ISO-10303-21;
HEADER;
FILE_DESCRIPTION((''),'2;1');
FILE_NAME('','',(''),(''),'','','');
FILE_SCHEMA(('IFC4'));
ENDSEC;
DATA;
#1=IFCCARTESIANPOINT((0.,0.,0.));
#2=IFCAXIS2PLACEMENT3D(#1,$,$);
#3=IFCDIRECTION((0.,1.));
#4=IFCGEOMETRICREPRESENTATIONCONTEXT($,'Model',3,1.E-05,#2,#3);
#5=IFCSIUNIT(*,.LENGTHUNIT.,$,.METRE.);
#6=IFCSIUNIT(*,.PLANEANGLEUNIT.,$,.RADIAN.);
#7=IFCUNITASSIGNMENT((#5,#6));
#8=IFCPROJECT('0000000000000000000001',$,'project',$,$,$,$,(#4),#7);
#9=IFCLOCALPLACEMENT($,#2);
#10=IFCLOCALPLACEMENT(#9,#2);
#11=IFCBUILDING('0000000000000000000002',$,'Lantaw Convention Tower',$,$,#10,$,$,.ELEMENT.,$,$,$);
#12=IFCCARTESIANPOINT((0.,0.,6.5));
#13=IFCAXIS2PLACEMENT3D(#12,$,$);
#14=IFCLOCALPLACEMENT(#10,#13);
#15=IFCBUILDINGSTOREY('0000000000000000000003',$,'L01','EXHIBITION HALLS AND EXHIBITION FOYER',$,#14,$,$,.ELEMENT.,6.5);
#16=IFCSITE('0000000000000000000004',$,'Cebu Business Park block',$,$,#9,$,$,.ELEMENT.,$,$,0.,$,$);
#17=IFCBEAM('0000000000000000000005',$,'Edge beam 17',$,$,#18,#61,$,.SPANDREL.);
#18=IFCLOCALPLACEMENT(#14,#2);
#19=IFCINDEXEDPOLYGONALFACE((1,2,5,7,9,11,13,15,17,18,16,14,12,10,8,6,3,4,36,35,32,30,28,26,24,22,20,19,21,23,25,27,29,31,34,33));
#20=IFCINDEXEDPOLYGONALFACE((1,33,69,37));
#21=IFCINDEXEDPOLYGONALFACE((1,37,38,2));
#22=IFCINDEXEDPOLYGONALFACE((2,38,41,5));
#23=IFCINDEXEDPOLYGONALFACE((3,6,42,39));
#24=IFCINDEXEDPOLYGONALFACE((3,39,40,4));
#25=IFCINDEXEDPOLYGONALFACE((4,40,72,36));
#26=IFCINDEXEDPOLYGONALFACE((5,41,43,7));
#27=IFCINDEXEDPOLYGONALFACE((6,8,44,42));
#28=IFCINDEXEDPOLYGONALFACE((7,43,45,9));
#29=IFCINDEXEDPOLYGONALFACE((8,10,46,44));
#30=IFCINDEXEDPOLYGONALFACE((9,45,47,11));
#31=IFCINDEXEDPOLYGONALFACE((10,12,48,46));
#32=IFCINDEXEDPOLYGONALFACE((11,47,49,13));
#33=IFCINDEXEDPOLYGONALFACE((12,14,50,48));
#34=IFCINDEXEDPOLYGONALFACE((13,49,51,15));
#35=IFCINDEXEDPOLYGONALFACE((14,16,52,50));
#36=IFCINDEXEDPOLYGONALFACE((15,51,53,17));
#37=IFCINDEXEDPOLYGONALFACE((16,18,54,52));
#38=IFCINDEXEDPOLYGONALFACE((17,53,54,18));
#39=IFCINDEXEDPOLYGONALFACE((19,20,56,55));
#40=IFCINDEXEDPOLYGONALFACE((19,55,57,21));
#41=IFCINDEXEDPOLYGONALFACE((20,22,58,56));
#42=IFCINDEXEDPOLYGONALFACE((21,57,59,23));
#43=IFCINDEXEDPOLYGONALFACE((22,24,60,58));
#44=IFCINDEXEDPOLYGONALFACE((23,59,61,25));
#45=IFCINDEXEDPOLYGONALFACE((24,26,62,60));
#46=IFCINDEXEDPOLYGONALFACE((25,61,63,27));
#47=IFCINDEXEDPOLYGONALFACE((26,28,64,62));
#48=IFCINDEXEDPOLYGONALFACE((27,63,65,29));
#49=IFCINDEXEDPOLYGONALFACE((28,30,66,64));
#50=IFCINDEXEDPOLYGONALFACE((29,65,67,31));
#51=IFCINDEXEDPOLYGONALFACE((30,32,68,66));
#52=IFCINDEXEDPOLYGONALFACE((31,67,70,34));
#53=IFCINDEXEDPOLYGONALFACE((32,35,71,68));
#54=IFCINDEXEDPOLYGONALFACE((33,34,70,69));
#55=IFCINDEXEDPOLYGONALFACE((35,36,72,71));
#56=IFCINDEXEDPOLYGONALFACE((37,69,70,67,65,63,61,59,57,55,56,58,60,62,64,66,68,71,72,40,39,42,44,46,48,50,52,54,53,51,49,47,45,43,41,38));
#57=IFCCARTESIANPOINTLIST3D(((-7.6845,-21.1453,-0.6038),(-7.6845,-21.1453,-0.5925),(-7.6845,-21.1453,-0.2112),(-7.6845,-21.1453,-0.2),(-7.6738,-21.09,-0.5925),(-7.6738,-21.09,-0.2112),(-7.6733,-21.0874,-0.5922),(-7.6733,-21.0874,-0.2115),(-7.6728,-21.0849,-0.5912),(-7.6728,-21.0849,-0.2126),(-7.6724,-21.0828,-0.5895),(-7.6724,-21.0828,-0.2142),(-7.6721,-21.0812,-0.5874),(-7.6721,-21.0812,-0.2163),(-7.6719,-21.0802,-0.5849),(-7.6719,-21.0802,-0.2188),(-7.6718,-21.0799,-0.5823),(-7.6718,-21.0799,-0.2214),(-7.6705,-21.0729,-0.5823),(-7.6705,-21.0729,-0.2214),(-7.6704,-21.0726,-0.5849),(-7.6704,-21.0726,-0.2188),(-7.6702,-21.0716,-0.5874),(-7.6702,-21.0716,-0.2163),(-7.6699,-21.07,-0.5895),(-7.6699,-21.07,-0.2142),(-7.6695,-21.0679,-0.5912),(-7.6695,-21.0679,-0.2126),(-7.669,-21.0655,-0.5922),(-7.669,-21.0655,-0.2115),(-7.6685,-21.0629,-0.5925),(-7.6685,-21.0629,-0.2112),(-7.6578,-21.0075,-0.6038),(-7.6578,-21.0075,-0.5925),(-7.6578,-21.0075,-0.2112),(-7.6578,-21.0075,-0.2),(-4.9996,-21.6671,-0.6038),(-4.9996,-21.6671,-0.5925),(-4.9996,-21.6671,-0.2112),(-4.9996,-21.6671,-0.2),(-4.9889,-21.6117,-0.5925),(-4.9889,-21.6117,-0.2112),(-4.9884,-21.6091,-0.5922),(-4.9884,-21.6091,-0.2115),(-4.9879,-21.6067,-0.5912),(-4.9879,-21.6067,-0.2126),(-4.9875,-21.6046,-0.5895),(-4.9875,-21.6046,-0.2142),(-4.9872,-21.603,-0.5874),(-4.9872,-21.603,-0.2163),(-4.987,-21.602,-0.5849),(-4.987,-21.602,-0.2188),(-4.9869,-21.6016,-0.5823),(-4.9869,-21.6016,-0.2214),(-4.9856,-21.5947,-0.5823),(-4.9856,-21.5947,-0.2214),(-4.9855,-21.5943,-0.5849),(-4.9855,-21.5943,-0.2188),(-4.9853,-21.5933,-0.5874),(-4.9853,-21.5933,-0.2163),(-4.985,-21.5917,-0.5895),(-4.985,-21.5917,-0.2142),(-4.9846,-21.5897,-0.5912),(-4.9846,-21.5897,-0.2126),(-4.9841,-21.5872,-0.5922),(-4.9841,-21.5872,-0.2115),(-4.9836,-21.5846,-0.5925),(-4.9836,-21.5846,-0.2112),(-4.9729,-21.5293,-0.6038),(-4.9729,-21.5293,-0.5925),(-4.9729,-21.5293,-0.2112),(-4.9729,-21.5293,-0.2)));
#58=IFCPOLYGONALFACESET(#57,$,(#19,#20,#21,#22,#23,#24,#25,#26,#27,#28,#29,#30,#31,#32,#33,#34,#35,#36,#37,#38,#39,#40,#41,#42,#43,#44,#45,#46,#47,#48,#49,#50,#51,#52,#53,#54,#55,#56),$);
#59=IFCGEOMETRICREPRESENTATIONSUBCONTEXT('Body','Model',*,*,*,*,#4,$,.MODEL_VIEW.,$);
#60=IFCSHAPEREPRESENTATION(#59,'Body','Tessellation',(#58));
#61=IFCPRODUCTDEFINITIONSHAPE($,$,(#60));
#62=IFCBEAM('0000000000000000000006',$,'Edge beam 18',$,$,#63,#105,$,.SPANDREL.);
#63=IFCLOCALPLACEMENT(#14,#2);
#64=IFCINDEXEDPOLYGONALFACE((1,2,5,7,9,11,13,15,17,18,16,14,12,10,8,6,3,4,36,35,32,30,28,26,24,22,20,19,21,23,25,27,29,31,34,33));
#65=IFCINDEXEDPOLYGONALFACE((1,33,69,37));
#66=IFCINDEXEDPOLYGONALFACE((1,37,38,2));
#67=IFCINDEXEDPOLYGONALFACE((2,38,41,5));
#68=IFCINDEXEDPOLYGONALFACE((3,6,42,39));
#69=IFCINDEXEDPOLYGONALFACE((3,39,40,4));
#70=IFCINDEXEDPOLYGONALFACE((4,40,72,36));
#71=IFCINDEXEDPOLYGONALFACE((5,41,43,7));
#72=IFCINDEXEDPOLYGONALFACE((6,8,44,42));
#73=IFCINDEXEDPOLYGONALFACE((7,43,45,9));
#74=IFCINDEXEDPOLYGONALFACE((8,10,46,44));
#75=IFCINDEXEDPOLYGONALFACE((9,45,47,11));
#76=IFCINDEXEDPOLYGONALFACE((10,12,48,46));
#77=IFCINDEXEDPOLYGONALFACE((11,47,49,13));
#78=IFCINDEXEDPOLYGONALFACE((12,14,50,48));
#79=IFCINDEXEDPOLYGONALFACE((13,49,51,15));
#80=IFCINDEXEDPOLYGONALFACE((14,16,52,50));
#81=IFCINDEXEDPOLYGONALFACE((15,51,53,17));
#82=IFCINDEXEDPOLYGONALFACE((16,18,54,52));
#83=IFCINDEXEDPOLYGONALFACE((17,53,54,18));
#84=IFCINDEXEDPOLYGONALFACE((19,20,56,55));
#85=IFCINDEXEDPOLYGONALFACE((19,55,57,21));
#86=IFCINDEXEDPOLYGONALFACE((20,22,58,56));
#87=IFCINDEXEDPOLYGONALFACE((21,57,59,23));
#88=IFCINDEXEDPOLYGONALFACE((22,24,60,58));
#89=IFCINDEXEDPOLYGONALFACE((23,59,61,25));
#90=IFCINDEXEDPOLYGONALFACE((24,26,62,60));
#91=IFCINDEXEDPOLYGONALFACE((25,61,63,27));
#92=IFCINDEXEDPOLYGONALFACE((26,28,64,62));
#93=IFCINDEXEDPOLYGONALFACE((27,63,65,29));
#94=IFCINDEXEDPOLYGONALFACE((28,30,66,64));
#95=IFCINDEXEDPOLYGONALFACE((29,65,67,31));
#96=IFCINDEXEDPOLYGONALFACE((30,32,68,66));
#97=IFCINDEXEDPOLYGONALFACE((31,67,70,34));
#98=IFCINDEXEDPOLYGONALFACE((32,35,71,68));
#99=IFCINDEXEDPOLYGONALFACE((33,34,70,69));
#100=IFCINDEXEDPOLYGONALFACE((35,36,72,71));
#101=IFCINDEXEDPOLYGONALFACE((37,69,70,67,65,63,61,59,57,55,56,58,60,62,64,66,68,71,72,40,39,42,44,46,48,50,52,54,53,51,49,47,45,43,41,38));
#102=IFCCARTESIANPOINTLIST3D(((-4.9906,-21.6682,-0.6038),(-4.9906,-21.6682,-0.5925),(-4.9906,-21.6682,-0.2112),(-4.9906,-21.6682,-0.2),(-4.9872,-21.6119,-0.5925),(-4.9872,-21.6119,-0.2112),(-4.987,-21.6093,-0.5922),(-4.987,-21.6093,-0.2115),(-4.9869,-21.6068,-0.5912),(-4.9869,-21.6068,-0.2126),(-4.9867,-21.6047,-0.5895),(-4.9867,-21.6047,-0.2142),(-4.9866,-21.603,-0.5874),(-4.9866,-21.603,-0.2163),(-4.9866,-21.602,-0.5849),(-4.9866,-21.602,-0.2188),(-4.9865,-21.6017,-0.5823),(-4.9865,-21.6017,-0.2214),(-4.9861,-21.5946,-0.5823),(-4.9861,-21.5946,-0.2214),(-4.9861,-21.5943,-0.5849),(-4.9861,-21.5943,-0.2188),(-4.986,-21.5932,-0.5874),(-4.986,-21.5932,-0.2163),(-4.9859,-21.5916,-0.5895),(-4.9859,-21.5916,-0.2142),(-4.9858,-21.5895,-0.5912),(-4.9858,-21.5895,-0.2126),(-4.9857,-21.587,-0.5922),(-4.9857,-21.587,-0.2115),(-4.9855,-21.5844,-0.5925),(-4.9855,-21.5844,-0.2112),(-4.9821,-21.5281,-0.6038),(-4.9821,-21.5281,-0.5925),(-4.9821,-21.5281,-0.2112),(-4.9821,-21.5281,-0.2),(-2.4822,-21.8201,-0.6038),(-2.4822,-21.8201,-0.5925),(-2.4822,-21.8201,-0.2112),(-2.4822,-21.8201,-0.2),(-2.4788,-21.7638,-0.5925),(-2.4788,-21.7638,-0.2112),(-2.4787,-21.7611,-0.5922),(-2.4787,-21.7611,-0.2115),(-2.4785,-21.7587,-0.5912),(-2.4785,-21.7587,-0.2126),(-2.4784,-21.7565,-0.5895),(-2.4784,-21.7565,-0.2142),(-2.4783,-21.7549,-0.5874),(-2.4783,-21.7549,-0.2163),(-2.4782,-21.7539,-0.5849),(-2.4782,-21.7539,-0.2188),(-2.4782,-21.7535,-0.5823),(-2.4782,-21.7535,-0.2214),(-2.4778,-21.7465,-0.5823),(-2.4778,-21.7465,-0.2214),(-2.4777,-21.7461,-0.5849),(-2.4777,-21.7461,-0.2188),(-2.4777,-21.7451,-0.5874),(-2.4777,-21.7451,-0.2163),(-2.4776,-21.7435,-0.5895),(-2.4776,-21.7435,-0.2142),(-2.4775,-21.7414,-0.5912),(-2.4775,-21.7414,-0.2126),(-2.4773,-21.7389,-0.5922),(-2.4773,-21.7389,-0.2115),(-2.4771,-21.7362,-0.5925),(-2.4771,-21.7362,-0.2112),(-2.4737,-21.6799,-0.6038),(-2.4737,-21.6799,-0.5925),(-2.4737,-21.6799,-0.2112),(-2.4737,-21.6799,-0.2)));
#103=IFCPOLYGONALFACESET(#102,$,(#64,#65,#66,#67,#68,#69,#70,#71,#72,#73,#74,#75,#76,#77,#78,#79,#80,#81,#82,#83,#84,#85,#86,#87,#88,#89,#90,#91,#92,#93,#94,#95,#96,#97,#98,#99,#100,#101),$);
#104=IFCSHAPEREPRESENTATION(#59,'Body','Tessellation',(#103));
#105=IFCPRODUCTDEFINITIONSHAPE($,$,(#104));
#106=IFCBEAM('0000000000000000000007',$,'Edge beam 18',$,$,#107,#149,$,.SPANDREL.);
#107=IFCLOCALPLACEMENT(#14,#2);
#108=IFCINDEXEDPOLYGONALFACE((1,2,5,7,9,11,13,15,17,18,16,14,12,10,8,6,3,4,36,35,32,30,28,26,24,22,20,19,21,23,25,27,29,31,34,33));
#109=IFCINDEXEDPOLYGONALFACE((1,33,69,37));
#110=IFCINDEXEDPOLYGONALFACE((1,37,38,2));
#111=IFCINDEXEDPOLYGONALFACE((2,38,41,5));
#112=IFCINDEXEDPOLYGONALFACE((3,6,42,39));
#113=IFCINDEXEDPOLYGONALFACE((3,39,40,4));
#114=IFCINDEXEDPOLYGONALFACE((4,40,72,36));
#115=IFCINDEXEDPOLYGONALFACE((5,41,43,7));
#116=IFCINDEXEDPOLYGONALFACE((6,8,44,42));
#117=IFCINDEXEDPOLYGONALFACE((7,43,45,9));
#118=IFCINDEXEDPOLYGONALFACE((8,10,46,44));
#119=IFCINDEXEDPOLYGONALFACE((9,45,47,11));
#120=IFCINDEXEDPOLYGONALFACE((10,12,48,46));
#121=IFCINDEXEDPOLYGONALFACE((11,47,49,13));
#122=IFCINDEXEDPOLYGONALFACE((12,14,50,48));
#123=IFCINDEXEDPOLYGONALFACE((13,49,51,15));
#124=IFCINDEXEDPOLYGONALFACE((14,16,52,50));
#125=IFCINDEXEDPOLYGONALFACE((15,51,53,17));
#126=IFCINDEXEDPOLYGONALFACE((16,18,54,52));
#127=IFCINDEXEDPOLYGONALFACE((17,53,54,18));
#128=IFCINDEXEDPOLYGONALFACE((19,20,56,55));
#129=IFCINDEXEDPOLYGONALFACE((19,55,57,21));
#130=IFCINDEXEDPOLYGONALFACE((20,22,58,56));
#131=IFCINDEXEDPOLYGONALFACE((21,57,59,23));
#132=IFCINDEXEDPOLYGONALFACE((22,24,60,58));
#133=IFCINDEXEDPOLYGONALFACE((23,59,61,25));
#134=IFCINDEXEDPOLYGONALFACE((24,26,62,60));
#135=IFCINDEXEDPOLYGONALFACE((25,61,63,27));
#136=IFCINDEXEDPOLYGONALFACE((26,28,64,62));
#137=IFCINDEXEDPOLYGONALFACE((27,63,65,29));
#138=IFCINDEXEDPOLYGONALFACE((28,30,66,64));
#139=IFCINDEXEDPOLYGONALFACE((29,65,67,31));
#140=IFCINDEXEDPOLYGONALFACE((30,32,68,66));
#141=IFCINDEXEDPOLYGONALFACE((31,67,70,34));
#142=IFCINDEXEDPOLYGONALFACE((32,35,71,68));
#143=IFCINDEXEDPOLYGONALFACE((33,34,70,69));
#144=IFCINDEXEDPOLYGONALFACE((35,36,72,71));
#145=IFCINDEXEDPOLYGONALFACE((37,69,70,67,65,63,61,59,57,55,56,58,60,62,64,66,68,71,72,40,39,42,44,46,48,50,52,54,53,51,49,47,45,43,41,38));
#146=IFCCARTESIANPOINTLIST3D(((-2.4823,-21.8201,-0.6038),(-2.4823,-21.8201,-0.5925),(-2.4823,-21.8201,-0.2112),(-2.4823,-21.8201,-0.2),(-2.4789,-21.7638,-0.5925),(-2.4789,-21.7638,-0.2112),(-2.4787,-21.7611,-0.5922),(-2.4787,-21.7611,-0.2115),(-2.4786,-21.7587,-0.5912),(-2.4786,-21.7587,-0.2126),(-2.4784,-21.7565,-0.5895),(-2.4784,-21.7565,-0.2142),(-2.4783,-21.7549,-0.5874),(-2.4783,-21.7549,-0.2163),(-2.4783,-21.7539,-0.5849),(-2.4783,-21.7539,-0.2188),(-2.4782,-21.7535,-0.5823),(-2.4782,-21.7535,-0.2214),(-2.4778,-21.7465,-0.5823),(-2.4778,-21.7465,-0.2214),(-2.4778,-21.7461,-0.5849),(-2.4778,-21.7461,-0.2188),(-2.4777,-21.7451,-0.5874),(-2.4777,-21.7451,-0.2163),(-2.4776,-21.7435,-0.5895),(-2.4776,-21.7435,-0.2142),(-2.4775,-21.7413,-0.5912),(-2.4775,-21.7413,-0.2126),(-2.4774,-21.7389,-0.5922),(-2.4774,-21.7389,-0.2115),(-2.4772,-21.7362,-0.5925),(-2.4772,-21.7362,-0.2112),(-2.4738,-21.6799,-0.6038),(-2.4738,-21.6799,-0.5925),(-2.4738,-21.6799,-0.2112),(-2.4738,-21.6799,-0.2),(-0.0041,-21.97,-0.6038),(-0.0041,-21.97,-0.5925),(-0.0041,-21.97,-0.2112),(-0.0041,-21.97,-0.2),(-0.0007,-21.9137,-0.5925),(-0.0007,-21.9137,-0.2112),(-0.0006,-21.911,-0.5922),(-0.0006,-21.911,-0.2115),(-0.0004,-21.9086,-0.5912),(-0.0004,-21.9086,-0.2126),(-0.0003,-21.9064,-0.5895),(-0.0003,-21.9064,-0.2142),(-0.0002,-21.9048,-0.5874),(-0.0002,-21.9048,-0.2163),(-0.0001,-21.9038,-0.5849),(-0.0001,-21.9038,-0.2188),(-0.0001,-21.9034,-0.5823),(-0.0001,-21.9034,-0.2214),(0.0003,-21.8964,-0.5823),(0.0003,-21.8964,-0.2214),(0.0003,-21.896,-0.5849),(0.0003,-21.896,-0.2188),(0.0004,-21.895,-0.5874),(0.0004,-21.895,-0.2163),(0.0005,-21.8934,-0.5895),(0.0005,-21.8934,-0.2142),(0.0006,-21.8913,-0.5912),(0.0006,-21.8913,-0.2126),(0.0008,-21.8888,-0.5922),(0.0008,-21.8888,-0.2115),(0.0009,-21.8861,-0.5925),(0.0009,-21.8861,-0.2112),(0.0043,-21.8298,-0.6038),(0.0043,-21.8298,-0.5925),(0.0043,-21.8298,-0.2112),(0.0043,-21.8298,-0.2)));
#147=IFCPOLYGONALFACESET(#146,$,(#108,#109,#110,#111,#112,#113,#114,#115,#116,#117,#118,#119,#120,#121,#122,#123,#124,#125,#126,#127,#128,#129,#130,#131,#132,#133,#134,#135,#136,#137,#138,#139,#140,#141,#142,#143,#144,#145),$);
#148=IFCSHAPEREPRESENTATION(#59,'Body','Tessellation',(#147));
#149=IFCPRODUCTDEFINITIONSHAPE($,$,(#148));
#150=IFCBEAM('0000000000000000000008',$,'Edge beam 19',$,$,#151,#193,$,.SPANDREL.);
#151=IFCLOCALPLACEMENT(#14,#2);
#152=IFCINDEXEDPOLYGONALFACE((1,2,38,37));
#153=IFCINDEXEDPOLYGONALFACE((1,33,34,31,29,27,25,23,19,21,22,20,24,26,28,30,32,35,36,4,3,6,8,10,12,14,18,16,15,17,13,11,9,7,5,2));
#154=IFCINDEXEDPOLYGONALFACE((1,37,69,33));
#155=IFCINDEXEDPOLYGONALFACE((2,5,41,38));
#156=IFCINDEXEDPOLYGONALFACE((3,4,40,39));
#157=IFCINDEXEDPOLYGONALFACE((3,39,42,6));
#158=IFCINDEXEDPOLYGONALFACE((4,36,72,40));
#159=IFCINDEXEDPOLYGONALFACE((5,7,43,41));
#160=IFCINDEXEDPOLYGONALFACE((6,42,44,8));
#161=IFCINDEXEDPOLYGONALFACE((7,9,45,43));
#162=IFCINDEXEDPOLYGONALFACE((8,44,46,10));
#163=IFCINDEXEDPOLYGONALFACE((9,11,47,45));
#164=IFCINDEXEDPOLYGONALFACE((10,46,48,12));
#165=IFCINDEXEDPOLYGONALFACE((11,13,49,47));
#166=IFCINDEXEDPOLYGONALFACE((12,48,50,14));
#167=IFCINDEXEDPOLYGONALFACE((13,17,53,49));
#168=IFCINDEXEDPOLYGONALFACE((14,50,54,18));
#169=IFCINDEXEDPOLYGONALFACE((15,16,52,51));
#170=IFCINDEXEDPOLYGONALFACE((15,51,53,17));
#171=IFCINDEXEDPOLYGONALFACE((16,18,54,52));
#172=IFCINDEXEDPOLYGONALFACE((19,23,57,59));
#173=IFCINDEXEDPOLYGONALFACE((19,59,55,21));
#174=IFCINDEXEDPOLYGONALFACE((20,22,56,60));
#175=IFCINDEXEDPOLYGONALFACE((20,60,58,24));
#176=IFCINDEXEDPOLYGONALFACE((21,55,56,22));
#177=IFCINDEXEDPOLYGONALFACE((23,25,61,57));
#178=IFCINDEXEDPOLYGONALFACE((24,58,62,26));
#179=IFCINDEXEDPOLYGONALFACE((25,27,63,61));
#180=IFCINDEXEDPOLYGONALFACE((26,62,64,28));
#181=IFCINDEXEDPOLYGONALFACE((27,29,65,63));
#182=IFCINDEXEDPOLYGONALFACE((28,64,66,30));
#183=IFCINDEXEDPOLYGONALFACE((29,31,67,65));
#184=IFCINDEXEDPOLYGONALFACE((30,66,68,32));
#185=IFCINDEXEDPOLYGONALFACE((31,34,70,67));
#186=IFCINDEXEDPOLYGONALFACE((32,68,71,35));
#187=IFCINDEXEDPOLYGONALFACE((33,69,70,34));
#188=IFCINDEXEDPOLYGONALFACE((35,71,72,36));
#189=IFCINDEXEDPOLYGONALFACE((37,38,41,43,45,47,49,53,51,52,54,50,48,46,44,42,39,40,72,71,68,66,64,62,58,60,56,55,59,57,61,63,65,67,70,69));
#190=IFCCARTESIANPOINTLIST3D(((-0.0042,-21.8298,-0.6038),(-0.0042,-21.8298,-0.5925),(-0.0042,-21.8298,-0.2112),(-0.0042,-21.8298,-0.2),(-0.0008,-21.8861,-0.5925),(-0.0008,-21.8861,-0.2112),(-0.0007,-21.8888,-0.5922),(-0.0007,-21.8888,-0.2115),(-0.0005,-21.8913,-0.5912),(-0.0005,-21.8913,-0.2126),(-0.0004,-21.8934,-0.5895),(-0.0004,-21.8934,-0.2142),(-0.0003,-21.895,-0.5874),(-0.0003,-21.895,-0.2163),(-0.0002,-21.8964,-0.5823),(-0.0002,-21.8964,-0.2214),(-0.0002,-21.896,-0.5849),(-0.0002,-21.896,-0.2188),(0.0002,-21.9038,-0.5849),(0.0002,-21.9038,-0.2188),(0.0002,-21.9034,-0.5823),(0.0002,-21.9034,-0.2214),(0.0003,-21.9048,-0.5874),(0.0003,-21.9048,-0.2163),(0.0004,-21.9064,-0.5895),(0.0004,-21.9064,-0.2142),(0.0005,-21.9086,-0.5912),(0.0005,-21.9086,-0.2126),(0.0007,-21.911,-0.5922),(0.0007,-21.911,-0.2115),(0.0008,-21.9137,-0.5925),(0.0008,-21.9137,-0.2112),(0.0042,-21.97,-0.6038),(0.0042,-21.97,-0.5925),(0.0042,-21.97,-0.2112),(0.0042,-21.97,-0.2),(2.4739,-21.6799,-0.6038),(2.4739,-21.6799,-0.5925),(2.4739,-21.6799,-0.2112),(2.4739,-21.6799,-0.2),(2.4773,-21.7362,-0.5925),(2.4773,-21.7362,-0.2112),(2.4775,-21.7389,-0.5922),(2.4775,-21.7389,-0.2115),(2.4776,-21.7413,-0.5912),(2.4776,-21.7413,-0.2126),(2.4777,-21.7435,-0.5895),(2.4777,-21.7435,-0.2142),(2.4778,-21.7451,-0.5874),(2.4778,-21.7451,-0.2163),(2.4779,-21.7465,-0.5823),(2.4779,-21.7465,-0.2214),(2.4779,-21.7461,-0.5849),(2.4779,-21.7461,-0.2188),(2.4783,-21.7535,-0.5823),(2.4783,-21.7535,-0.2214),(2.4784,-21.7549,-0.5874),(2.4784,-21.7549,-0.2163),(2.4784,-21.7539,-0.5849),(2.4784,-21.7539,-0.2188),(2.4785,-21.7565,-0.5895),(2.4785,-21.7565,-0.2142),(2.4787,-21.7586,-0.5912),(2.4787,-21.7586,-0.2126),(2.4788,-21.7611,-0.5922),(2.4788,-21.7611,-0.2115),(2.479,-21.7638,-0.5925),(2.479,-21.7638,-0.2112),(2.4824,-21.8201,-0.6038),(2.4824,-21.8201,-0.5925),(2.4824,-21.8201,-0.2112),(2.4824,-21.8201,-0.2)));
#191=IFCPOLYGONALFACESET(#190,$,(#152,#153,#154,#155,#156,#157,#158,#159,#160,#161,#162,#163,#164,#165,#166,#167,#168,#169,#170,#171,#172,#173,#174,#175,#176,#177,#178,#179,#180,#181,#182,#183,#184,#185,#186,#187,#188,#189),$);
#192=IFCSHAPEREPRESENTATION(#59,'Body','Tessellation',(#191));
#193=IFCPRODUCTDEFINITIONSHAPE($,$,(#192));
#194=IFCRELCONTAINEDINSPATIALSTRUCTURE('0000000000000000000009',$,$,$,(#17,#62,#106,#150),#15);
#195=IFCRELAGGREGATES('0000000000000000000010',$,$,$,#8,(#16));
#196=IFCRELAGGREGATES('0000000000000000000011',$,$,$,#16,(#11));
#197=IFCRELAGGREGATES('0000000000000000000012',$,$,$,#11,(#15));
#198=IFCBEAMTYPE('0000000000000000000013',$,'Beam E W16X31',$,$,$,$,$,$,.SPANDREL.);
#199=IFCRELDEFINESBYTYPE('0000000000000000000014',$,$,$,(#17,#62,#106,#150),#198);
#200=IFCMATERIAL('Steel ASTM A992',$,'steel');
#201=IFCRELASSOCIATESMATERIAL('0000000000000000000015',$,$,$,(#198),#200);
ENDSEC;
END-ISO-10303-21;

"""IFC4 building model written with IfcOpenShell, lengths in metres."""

from ifc_helpers import new_model, si_unit, direction, frame, origin, origin_2d, place, context, subcontext, project, spatial, i_section, extrude, material, material_profile, profile_set, type_object, element, save


model = new_model("IFC4")

# Units and contexts
model_context = context("Model", 3, precision=1e-05, world=origin(), true_north=direction((0.0, 1.0)))
body_context = subcontext(model_context, "Body", "Model", "MODEL_VIEW")
ifc_project = project(units=[si_unit("LENGTHUNIT", "METRE"), si_unit("PLANEANGLEUNIT", "RADIAN")], contexts=[model_context])

# Site, building, storey
site_placement = place(None, origin())
site = spatial("IfcSite", under=ifc_project, at=site_placement, Name="Cebu Business Park block", CompositionType="ELEMENT", RefElevation=0.0)
building_placement = place(site_placement, origin())
building = spatial("IfcBuilding", under=site, at=building_placement, Name="Lantaw Convention Tower", CompositionType="ELEMENT")
storey_placement = place(building_placement, frame((0.0, 0.0, 6.5)))
storey = spatial("IfcBuildingStorey", under=building, at=storey_placement, Name="L01", Description="EXHIBITION HALLS AND EXHIBITION FOYER", CompositionType="ELEMENT", Elevation=6.5)

# Beams
ifc_material_1 = material(Name="Steel ASTM A992", Category="steel")
ifc_material_profile_1 = material_profile(ifc_material_1, i_section(OverallWidth=0.1404, OverallDepth=0.4038, WebThickness=0.0071, FlangeThickness=0.0112, FilletRadius=0.0103, at=origin_2d()), Name="W16X31")
ifc_profile_set_1 = profile_set([ifc_material_profile_1], Name="Steel ASTM A992")
beam_type_1 = type_object("IfcBeamType", Name="Beam E W16X31", PredefinedType="SPANDREL", material=ifc_profile_set_1)
beam_1_placement = place(storey_placement, frame((-7.6711, -21.0764, -0.4019), z_axis=(0.981637, -0.190757, 0.0), x_axis=(0.190757, 0.981637, 0.0)))
element("IfcBeam", 1, at=beam_1_placement, inside=storey, type_object=beam_type_1, Name="Edge beam 17", PredefinedType="SPANDREL", context=body_context, shape_type="SweptSolid", body=[
    extrude(i_section(OverallWidth=0.1404, OverallDepth=0.4038, WebThickness=0.0071, FlangeThickness=0.0112, FilletRadius=0.0103, at=origin_2d()), origin(), (0.0, 0.0, 1.0), 2.7351),
])
beam_2_placement = place(storey_placement, frame((-4.9863, -21.5981, -0.4019), z_axis=(0.998172, -0.060431, 0.0), x_axis=(0.060431, 0.998172, 0.0)))
element("IfcBeam", 2, at=beam_2_placement, inside=storey, type_object=beam_type_1, Name="Edge beam 18", PredefinedType="SPANDREL", context=body_context, shape_type="SweptSolid", body=[
    extrude(i_section(OverallWidth=0.1404, OverallDepth=0.4038, WebThickness=0.0071, FlangeThickness=0.0112, FilletRadius=0.0103, at=origin_2d()), origin(), (0.0, 0.0, 1.0), 2.5129),
])
for number, where, z_axis, x_axis, name in (
    (3, (-2.478, -21.75, -0.4019), (0.998175, -0.060382, 0.0), (0.060382, 0.998175, 0.0), "Edge beam 18"),
    (4, (0.0, -21.8999, -0.4019), (0.998175, 0.060382, 0.0), (-0.060382, 0.998175, 0.0), "Edge beam 19"),
):
    element("IfcBeam", number, at=place(storey_placement, frame(where, z_axis=z_axis, x_axis=x_axis)), inside=storey, type_object=beam_type_1, Name=name, PredefinedType="SPANDREL", context=body_context, shape_type="SweptSolid", body=[
        extrude(i_section(OverallWidth=0.1404, OverallDepth=0.4038, WebThickness=0.0071, FlangeThickness=0.0112, FilletRadius=0.0103, at=origin_2d()), origin(), (0.0, 0.0, 1.0), 2.4827),
    ])

save(model, "model.ifc")
